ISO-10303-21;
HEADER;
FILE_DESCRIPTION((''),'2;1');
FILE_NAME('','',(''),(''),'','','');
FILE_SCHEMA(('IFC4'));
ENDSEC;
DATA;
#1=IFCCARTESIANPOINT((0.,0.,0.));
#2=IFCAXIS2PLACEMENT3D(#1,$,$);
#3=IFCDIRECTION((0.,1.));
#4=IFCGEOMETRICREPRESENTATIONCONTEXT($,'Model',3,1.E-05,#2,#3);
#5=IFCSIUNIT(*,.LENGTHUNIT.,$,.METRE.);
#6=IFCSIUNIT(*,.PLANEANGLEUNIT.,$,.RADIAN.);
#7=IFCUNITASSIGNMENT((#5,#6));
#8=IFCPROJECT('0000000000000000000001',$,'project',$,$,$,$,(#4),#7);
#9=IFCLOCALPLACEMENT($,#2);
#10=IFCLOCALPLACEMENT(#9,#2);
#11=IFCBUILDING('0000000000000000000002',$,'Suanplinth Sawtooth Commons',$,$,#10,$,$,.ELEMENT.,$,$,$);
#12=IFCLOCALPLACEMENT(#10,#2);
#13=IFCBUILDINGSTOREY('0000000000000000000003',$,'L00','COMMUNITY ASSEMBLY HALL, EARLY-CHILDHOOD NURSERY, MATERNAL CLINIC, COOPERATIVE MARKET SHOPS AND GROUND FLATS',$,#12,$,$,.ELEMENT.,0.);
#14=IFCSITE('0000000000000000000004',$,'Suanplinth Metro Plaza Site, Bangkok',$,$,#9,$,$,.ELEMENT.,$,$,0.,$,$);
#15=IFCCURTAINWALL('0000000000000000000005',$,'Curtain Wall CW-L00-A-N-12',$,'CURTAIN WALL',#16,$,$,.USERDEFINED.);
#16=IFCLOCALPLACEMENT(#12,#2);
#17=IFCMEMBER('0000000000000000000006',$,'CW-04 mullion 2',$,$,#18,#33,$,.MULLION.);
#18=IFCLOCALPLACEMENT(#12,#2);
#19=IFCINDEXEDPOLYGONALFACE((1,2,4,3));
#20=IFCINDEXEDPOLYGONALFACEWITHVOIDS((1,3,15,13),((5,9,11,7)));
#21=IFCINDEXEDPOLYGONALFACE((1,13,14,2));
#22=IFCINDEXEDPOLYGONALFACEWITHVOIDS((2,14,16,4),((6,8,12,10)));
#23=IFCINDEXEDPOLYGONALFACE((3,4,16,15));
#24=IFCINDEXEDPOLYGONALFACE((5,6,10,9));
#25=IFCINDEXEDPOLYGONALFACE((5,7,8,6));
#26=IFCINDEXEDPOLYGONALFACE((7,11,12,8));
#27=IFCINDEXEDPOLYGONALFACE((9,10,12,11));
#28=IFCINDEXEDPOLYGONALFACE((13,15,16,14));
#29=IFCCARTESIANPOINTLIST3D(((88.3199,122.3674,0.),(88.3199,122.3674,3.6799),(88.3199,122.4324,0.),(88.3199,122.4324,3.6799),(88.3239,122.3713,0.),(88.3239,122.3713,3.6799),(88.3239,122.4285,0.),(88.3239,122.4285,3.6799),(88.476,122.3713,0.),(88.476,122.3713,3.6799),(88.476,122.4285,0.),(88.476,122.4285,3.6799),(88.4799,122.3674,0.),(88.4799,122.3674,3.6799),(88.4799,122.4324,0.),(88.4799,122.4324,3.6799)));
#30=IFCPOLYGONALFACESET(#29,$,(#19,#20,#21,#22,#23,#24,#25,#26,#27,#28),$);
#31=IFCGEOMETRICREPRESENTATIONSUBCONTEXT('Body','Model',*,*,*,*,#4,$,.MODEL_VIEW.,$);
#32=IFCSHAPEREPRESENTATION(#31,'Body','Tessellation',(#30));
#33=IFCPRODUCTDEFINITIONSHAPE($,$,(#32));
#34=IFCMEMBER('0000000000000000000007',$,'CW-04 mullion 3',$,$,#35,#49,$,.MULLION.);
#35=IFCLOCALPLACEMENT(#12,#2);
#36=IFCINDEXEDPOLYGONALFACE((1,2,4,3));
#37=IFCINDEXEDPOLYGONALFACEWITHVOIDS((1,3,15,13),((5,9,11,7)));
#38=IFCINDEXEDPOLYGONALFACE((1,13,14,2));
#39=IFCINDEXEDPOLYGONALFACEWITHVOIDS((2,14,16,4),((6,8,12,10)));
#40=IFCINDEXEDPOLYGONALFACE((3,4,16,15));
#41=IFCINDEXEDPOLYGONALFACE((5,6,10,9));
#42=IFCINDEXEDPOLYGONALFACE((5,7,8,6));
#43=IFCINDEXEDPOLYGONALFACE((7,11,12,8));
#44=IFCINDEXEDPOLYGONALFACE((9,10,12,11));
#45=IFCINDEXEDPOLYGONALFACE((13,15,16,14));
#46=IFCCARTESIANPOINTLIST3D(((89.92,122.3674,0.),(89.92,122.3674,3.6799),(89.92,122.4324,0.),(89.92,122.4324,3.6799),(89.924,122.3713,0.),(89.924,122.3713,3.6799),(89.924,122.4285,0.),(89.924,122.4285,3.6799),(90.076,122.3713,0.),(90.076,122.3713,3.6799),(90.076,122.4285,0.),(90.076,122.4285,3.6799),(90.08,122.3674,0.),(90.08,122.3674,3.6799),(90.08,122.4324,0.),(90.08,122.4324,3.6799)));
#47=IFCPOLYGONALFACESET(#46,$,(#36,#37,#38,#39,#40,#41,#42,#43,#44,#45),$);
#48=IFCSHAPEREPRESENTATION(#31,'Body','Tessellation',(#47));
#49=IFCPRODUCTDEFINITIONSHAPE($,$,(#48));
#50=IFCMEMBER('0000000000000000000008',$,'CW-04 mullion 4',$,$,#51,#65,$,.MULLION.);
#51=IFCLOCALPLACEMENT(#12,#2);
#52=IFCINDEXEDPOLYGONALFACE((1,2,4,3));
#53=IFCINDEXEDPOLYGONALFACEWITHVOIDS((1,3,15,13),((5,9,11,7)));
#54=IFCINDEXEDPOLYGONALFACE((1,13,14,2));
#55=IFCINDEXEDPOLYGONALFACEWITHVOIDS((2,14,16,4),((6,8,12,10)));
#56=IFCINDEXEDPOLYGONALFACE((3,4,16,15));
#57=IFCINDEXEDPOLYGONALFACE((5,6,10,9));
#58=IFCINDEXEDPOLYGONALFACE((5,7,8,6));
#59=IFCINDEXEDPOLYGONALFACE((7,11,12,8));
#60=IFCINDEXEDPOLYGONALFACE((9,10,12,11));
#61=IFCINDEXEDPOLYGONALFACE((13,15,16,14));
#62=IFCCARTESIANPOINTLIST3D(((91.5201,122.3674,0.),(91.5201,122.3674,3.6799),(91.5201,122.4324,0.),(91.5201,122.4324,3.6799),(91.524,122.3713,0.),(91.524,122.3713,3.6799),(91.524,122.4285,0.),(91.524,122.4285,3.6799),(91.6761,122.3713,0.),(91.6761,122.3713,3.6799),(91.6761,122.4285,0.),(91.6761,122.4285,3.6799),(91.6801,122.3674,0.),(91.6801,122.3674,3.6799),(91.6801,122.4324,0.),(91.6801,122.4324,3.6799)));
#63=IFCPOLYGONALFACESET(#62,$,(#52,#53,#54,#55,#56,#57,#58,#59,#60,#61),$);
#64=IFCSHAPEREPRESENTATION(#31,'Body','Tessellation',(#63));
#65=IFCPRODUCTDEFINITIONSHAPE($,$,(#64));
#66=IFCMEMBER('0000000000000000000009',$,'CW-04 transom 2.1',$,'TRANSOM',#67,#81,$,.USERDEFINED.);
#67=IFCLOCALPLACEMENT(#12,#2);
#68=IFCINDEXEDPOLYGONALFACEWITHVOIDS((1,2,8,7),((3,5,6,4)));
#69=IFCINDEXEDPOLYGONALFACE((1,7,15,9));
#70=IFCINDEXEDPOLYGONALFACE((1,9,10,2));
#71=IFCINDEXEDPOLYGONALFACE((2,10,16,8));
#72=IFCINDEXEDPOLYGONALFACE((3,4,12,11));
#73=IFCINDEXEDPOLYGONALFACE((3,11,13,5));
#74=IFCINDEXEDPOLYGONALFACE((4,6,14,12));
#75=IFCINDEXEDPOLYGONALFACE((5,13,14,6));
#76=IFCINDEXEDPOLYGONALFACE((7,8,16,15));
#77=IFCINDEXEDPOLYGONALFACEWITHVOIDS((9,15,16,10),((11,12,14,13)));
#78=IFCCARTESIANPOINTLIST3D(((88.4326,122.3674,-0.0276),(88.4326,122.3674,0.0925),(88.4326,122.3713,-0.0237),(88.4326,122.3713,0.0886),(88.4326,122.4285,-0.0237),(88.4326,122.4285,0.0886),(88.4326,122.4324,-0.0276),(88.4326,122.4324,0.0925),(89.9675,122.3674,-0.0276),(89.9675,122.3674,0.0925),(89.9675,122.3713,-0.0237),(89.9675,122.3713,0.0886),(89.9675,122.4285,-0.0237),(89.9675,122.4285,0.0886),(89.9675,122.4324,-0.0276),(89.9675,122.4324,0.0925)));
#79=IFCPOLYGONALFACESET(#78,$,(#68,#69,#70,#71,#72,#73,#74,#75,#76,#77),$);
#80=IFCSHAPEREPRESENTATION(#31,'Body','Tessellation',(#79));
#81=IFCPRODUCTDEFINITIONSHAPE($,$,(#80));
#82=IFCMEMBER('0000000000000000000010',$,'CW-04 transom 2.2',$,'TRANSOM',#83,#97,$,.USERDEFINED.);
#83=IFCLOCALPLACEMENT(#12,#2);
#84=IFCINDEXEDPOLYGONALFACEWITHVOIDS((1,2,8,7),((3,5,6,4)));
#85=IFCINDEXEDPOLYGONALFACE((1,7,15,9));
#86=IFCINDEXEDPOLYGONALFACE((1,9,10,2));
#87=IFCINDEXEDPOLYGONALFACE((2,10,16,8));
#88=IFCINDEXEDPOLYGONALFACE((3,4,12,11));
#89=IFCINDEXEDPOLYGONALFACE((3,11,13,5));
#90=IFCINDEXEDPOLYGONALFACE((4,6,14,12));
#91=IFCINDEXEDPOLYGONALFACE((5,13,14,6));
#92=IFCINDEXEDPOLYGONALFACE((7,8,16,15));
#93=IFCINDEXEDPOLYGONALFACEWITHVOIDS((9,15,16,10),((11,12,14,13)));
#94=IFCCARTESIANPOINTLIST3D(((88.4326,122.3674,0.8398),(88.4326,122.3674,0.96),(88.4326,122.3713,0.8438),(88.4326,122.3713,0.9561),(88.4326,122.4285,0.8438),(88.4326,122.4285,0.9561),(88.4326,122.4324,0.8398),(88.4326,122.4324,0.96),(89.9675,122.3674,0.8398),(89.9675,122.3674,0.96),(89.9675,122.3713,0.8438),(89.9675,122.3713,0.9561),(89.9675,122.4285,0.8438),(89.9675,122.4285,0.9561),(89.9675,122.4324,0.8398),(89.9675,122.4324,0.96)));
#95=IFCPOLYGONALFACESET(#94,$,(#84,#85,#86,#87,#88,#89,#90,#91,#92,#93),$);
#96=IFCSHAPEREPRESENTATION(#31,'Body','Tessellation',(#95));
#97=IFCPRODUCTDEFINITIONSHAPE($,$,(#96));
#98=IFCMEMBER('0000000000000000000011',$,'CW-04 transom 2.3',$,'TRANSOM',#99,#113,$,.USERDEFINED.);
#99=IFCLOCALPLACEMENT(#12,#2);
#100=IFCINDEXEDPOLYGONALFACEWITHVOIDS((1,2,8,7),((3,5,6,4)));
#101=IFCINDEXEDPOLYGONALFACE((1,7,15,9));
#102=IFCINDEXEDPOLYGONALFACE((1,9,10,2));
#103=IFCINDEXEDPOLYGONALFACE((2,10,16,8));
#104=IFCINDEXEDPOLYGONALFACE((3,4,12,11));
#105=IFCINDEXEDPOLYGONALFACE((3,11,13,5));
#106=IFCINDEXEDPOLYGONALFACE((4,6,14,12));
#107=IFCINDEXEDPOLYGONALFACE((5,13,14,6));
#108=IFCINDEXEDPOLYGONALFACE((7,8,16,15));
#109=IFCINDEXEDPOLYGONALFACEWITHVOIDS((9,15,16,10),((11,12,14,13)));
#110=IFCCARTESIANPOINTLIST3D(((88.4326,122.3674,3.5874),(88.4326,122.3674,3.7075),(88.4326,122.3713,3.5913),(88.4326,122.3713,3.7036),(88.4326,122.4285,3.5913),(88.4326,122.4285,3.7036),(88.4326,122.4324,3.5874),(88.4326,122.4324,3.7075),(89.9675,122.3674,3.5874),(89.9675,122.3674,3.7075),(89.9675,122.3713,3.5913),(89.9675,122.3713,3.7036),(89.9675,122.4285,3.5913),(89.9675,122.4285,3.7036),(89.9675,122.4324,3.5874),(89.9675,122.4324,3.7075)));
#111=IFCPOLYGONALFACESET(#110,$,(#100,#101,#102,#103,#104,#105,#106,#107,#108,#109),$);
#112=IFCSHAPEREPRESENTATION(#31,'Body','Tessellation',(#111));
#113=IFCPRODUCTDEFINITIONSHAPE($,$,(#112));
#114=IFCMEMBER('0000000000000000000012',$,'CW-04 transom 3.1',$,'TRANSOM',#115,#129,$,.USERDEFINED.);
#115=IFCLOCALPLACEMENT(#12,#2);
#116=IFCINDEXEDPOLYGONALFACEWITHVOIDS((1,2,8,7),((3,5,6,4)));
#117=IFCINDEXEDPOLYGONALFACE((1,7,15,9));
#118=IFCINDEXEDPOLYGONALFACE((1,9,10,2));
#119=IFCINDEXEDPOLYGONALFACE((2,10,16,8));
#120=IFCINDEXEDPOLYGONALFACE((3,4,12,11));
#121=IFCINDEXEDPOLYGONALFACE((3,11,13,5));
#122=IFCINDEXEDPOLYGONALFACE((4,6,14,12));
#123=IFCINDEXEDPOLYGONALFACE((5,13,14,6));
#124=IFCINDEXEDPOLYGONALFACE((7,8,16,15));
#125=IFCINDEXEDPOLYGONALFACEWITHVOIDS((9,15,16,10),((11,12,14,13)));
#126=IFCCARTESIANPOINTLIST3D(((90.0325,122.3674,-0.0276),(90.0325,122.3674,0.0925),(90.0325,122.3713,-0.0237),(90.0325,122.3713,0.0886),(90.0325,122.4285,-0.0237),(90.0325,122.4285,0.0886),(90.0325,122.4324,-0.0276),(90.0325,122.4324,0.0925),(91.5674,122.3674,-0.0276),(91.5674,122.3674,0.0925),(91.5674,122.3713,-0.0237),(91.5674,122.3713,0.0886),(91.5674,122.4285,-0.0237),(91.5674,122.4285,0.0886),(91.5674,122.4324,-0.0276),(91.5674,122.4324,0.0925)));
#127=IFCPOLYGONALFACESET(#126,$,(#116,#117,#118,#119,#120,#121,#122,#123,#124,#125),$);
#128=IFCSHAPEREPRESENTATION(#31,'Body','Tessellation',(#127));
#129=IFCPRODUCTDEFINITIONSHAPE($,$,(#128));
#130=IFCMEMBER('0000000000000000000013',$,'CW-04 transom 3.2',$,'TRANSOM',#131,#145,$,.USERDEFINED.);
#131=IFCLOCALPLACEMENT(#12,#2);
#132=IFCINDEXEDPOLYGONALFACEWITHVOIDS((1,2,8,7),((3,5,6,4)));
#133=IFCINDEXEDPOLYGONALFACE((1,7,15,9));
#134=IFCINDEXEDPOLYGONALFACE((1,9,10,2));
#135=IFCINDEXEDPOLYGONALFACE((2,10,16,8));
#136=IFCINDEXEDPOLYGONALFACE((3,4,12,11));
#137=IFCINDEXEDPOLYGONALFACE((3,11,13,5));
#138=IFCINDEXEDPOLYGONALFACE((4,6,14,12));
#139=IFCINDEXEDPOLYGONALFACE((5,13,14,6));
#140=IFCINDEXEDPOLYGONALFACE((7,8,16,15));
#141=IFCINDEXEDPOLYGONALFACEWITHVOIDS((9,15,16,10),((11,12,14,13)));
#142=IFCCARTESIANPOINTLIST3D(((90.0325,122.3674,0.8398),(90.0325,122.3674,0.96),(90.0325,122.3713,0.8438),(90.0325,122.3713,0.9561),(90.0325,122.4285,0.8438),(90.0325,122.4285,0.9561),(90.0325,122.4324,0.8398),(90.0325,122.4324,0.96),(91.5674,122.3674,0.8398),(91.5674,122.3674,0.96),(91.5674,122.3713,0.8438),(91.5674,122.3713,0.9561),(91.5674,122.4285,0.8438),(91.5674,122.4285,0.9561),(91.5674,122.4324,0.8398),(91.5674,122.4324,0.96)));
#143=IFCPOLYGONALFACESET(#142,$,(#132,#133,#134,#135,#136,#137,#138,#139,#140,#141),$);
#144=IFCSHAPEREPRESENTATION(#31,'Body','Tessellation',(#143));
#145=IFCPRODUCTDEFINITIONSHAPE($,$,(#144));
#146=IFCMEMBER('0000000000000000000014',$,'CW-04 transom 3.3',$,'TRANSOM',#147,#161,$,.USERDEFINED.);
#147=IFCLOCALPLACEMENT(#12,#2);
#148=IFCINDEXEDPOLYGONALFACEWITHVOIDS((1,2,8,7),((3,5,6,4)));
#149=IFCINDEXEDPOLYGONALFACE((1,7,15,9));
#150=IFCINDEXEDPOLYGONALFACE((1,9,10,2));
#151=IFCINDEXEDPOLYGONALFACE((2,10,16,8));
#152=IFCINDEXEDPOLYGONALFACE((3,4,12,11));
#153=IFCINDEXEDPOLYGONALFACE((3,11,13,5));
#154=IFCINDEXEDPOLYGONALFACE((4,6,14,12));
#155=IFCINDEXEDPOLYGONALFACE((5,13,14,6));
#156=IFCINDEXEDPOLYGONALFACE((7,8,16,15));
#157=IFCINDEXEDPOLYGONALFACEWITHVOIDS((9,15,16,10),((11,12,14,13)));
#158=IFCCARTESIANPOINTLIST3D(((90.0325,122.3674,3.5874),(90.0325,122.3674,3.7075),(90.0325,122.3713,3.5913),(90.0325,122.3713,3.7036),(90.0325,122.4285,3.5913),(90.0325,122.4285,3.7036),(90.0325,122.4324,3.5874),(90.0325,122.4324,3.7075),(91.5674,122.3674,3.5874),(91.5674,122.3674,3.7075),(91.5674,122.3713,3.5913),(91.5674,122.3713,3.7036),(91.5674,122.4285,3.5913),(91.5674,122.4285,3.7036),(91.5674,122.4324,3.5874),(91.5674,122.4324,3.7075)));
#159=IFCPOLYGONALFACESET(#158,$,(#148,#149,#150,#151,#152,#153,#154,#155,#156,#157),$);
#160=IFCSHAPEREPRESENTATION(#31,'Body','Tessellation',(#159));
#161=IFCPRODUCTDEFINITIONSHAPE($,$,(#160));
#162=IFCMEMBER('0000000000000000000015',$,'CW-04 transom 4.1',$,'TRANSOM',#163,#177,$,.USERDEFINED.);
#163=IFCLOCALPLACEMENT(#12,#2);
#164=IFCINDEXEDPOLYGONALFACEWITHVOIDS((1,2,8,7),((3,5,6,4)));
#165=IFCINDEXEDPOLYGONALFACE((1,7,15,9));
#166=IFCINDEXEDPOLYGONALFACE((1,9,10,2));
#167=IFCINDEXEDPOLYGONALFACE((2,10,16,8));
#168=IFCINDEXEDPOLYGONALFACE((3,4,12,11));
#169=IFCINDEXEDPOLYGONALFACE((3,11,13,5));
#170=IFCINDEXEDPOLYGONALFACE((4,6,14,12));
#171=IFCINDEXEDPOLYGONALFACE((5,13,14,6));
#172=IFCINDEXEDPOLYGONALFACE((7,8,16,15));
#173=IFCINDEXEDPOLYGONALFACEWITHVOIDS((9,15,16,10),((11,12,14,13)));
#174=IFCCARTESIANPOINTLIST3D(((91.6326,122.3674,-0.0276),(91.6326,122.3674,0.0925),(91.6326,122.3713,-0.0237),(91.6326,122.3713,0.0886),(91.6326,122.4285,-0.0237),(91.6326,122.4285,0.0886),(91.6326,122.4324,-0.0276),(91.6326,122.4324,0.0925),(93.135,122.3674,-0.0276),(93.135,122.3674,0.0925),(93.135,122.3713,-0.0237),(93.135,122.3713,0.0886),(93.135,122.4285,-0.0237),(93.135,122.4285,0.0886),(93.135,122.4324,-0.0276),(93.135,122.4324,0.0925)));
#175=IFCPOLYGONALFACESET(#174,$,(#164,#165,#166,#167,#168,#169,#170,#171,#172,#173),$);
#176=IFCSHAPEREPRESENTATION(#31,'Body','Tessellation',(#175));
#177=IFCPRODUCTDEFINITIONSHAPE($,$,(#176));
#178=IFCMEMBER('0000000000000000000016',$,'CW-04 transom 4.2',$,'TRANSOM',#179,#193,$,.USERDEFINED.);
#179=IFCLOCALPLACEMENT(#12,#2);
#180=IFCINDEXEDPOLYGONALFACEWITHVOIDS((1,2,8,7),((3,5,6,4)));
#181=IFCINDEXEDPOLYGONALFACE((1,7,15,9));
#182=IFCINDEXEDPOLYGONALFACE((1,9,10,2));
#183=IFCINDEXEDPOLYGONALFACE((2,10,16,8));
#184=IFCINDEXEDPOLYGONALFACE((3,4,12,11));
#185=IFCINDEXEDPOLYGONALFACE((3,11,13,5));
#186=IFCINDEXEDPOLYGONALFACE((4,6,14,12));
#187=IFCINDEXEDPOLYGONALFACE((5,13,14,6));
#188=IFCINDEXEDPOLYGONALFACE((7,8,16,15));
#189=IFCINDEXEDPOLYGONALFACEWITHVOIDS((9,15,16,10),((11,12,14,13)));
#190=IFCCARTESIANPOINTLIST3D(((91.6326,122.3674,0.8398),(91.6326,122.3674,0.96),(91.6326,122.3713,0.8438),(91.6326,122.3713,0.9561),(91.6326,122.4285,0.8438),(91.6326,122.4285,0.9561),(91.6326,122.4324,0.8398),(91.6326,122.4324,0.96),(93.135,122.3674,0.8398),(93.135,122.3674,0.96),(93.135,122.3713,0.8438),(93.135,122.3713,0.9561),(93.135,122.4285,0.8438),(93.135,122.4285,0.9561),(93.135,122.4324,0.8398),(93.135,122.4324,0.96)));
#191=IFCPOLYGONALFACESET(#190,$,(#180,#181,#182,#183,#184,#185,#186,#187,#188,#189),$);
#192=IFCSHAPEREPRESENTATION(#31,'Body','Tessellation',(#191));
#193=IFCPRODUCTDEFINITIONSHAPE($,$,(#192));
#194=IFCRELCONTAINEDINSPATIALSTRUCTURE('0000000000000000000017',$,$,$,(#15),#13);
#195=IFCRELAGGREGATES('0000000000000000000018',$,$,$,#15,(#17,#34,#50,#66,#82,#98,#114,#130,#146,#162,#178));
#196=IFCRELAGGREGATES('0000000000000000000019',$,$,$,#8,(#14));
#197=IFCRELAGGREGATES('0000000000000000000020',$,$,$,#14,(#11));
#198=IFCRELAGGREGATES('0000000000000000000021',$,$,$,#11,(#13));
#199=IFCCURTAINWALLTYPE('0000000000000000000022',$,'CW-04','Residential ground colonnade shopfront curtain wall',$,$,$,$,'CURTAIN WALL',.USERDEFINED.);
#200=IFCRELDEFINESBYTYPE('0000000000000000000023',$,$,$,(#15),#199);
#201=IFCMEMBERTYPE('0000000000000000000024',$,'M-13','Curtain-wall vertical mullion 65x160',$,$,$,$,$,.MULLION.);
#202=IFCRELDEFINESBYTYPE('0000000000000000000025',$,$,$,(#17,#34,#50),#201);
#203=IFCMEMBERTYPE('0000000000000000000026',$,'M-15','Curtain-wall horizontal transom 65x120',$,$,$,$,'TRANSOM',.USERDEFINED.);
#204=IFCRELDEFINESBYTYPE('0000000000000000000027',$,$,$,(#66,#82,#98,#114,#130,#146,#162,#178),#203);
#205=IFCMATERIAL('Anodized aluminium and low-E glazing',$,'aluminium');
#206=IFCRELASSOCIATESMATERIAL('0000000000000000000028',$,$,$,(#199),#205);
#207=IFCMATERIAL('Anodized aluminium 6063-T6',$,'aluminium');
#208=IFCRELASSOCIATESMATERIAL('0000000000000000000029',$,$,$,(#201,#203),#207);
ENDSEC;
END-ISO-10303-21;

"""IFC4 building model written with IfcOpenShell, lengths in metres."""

from ifc_helpers import new_model, si_unit, direction, frame, origin, origin_2d, place, context, subcontext, project, spatial, hollow_rectangle, extrude, material, material_profile, profile_set, type_object, element, aggregate, save


model = new_model("IFC4")

# Units and contexts
model_context = context("Model", 3, precision=1e-05, world=origin(), true_north=direction((0.0, 1.0)))
body_context = subcontext(model_context, "Body", "Model", "MODEL_VIEW")
ifc_project = project(units=[si_unit("LENGTHUNIT", "METRE"), si_unit("PLANEANGLEUNIT", "RADIAN")], contexts=[model_context])

# Site, building, storey
site_placement = place(None, origin())
site = spatial("IfcSite", under=ifc_project, at=site_placement, Name="Suanplinth Metro Plaza Site, Bangkok", CompositionType="ELEMENT", RefElevation=0.0)
building_placement = place(site_placement, origin())
building = spatial("IfcBuilding", under=site, at=building_placement, Name="Suanplinth Sawtooth Commons", CompositionType="ELEMENT")
storey_placement = place(building_placement, origin())
storey = spatial("IfcBuildingStorey", under=building, at=storey_placement, Name="L00", Description="COMMUNITY ASSEMBLY HALL, EARLY-CHILDHOOD NURSERY, MATERNAL CLINIC, COOPERATIVE MARKET SHOPS AND GROUND FLATS", CompositionType="ELEMENT", Elevation=0.0)

# Curtain wall, members
ifc_material_1 = material(Name="Anodized aluminium and low-E glazing", Category="aluminium")
curtain_wall_type = type_object("IfcCurtainWallType", Name="CW-04", Description="Residential ground colonnade shopfront curtain wall", ElementType="CURTAIN WALL", PredefinedType="USERDEFINED", material=ifc_material_1)
curtain_wall_placement = place(storey_placement, origin())
curtain_wall = element("IfcCurtainWall", 1, at=curtain_wall_placement, inside=storey, type_object=curtain_wall_type, Name="Curtain Wall CW-L00-A-N-12", ObjectType="CURTAIN WALL", PredefinedType="USERDEFINED")
ifc_material_2 = material(Name="Anodized aluminium 6063-T6", Category="aluminium")
ifc_material_profile_1 = material_profile(ifc_material_2, hollow_rectangle(XDim=0.0649, YDim=0.1599, WallThickness=0.0039, at=origin_2d()), Name="ALU-MUL 65x160")
ifc_profile_set_1 = profile_set([ifc_material_profile_1], Name="Anodized aluminium 6063-T6")
member_type_1 = type_object("IfcMemberType", Name="M-13", Description="Curtain-wall vertical mullion 65x160", PredefinedType="MULLION", material=ifc_profile_set_1)
member_1_placement = place(storey_placement, frame((88.3999, 122.3999, 0.0), z_axis=(0.0, 0.0, 1.0), x_axis=(0.0, 1.0, 0.0)))
member_1 = element("IfcMember", 2, at=member_1_placement, type_object=member_type_1, Name="CW-04 mullion 2", PredefinedType="MULLION", context=body_context, shape_type="SweptSolid", body=[
    extrude(hollow_rectangle(XDim=0.0649, YDim=0.1599, WallThickness=0.0039, at=origin_2d()), origin(), (0.0, 0.0, 1.0), 3.6799),
])
member_2_placement = place(storey_placement, frame((90.0, 122.3999, 0.0), z_axis=(0.0, 0.0, 1.0), x_axis=(0.0, 1.0, 0.0)))
member_2 = element("IfcMember", 3, at=member_2_placement, type_object=member_type_1, Name="CW-04 mullion 3", PredefinedType="MULLION", context=body_context, shape_type="SweptSolid", body=[
    extrude(hollow_rectangle(XDim=0.0649, YDim=0.1599, WallThickness=0.0039, at=origin_2d()), origin(), (0.0, 0.0, 1.0), 3.6799),
])
member_3_placement = place(storey_placement, frame((91.6001, 122.3999, 0.0), z_axis=(0.0, 0.0, 1.0), x_axis=(0.0, 1.0, 0.0)))
member_3 = element("IfcMember", 4, at=member_3_placement, type_object=member_type_1, Name="CW-04 mullion 4", PredefinedType="MULLION", context=body_context, shape_type="SweptSolid", body=[
    extrude(hollow_rectangle(XDim=0.0649, YDim=0.1599, WallThickness=0.0039, at=origin_2d()), origin(), (0.0, 0.0, 1.0), 3.6799),
])
ifc_material_profile_2 = material_profile(ifc_material_2, hollow_rectangle(XDim=0.0649, YDim=0.1201, WallThickness=0.0039, at=origin_2d()), Name="ALU-TRN 65x120")
ifc_profile_set_2 = profile_set([ifc_material_profile_2], Name="Anodized aluminium 6063-T6")
member_type_2 = type_object("IfcMemberType", Name="M-15", Description="Curtain-wall horizontal transom 65x120", ElementType="TRANSOM", PredefinedType="USERDEFINED", material=ifc_profile_set_2)
member_4_placement = place(storey_placement, frame((88.4326, 122.3999, 0.0325), z_axis=(1.0, 0.0, 0.0), x_axis=(0.0, 1.0, 0.0)))
member_4 = element("IfcMember", 5, at=member_4_placement, type_object=member_type_2, Name="CW-04 transom 2.1", ObjectType="TRANSOM", PredefinedType="USERDEFINED", context=body_context, shape_type="SweptSolid", body=[
    extrude(hollow_rectangle(XDim=0.0649, YDim=0.1201, WallThickness=0.0039, at=origin_2d()), origin(), (0.0, 0.0, 1.0), 1.5349),
])
member_5_placement = place(storey_placement, frame((88.4326, 122.3999, 0.8999), z_axis=(1.0, 0.0, 0.0), x_axis=(0.0, 1.0, 0.0)))
member_5 = element("IfcMember", 6, at=member_5_placement, type_object=member_type_2, Name="CW-04 transom 2.2", ObjectType="TRANSOM", PredefinedType="USERDEFINED", context=body_context, shape_type="SweptSolid", body=[
    extrude(hollow_rectangle(XDim=0.0649, YDim=0.1201, WallThickness=0.0039, at=origin_2d()), origin(), (0.0, 0.0, 1.0), 1.5349),
])
member_6_placement = place(storey_placement, frame((88.4326, 122.3999, 3.6475), z_axis=(1.0, 0.0, 0.0), x_axis=(0.0, 1.0, 0.0)))
member_6 = element("IfcMember", 7, at=member_6_placement, type_object=member_type_2, Name="CW-04 transom 2.3", ObjectType="TRANSOM", PredefinedType="USERDEFINED", context=body_context, shape_type="SweptSolid", body=[
    extrude(hollow_rectangle(XDim=0.0649, YDim=0.1201, WallThickness=0.0039, at=origin_2d()), origin(), (0.0, 0.0, 1.0), 1.5349),
])
member_7_placement = place(storey_placement, frame((90.0325, 122.3999, 0.0325), z_axis=(1.0, 0.0, 0.0), x_axis=(0.0, 1.0, 0.0)))
member_7 = element("IfcMember", 8, at=member_7_placement, type_object=member_type_2, Name="CW-04 transom 3.1", ObjectType="TRANSOM", PredefinedType="USERDEFINED", context=body_context, shape_type="SweptSolid", body=[
    extrude(hollow_rectangle(XDim=0.0649, YDim=0.1201, WallThickness=0.0039, at=origin_2d()), origin(), (0.0, 0.0, 1.0), 1.5349),
])
member_8_placement = place(storey_placement, frame((90.0325, 122.3999, 0.8999), z_axis=(1.0, 0.0, 0.0), x_axis=(0.0, 1.0, 0.0)))
member_8 = element("IfcMember", 9, at=member_8_placement, type_object=member_type_2, Name="CW-04 transom 3.2", ObjectType="TRANSOM", PredefinedType="USERDEFINED", context=body_context, shape_type="SweptSolid", body=[
    extrude(hollow_rectangle(XDim=0.0649, YDim=0.1201, WallThickness=0.0039, at=origin_2d()), origin(), (0.0, 0.0, 1.0), 1.5349),
])
member_9_placement = place(storey_placement, frame((90.0325, 122.3999, 3.6475), z_axis=(1.0, 0.0, 0.0), x_axis=(0.0, 1.0, 0.0)))
member_9 = element("IfcMember", 10, at=member_9_placement, type_object=member_type_2, Name="CW-04 transom 3.3", ObjectType="TRANSOM", PredefinedType="USERDEFINED", context=body_context, shape_type="SweptSolid", body=[
    extrude(hollow_rectangle(XDim=0.0649, YDim=0.1201, WallThickness=0.0039, at=origin_2d()), origin(), (0.0, 0.0, 1.0), 1.5349),
])
member_10_placement = place(storey_placement, frame((91.6326, 122.3999, 0.0325), z_axis=(1.0, 0.0, 0.0), x_axis=(0.0, 1.0, 0.0)))
member_10 = element("IfcMember", 11, at=member_10_placement, type_object=member_type_2, Name="CW-04 transom 4.1", ObjectType="TRANSOM", PredefinedType="USERDEFINED", context=body_context, shape_type="SweptSolid", body=[
    extrude(hollow_rectangle(XDim=0.0649, YDim=0.1201, WallThickness=0.0039, at=origin_2d()), origin(), (0.0, 0.0, 1.0), 1.5024),
])
member_11_placement = place(storey_placement, frame((91.6326, 122.3999, 0.8999), z_axis=(1.0, 0.0, 0.0), x_axis=(0.0, 1.0, 0.0)))
member_11 = element("IfcMember", 12, at=member_11_placement, type_object=member_type_2, Name="CW-04 transom 4.2", ObjectType="TRANSOM", PredefinedType="USERDEFINED", context=body_context, shape_type="SweptSolid", body=[
    extrude(hollow_rectangle(XDim=0.0649, YDim=0.1201, WallThickness=0.0039, at=origin_2d()), origin(), (0.0, 0.0, 1.0), 1.5024),
])
aggregate(curtain_wall, [member_1, member_2, member_3, member_4, member_5, member_6, member_7, member_8, member_9, member_10, member_11])

save(model, "model.ifc")
